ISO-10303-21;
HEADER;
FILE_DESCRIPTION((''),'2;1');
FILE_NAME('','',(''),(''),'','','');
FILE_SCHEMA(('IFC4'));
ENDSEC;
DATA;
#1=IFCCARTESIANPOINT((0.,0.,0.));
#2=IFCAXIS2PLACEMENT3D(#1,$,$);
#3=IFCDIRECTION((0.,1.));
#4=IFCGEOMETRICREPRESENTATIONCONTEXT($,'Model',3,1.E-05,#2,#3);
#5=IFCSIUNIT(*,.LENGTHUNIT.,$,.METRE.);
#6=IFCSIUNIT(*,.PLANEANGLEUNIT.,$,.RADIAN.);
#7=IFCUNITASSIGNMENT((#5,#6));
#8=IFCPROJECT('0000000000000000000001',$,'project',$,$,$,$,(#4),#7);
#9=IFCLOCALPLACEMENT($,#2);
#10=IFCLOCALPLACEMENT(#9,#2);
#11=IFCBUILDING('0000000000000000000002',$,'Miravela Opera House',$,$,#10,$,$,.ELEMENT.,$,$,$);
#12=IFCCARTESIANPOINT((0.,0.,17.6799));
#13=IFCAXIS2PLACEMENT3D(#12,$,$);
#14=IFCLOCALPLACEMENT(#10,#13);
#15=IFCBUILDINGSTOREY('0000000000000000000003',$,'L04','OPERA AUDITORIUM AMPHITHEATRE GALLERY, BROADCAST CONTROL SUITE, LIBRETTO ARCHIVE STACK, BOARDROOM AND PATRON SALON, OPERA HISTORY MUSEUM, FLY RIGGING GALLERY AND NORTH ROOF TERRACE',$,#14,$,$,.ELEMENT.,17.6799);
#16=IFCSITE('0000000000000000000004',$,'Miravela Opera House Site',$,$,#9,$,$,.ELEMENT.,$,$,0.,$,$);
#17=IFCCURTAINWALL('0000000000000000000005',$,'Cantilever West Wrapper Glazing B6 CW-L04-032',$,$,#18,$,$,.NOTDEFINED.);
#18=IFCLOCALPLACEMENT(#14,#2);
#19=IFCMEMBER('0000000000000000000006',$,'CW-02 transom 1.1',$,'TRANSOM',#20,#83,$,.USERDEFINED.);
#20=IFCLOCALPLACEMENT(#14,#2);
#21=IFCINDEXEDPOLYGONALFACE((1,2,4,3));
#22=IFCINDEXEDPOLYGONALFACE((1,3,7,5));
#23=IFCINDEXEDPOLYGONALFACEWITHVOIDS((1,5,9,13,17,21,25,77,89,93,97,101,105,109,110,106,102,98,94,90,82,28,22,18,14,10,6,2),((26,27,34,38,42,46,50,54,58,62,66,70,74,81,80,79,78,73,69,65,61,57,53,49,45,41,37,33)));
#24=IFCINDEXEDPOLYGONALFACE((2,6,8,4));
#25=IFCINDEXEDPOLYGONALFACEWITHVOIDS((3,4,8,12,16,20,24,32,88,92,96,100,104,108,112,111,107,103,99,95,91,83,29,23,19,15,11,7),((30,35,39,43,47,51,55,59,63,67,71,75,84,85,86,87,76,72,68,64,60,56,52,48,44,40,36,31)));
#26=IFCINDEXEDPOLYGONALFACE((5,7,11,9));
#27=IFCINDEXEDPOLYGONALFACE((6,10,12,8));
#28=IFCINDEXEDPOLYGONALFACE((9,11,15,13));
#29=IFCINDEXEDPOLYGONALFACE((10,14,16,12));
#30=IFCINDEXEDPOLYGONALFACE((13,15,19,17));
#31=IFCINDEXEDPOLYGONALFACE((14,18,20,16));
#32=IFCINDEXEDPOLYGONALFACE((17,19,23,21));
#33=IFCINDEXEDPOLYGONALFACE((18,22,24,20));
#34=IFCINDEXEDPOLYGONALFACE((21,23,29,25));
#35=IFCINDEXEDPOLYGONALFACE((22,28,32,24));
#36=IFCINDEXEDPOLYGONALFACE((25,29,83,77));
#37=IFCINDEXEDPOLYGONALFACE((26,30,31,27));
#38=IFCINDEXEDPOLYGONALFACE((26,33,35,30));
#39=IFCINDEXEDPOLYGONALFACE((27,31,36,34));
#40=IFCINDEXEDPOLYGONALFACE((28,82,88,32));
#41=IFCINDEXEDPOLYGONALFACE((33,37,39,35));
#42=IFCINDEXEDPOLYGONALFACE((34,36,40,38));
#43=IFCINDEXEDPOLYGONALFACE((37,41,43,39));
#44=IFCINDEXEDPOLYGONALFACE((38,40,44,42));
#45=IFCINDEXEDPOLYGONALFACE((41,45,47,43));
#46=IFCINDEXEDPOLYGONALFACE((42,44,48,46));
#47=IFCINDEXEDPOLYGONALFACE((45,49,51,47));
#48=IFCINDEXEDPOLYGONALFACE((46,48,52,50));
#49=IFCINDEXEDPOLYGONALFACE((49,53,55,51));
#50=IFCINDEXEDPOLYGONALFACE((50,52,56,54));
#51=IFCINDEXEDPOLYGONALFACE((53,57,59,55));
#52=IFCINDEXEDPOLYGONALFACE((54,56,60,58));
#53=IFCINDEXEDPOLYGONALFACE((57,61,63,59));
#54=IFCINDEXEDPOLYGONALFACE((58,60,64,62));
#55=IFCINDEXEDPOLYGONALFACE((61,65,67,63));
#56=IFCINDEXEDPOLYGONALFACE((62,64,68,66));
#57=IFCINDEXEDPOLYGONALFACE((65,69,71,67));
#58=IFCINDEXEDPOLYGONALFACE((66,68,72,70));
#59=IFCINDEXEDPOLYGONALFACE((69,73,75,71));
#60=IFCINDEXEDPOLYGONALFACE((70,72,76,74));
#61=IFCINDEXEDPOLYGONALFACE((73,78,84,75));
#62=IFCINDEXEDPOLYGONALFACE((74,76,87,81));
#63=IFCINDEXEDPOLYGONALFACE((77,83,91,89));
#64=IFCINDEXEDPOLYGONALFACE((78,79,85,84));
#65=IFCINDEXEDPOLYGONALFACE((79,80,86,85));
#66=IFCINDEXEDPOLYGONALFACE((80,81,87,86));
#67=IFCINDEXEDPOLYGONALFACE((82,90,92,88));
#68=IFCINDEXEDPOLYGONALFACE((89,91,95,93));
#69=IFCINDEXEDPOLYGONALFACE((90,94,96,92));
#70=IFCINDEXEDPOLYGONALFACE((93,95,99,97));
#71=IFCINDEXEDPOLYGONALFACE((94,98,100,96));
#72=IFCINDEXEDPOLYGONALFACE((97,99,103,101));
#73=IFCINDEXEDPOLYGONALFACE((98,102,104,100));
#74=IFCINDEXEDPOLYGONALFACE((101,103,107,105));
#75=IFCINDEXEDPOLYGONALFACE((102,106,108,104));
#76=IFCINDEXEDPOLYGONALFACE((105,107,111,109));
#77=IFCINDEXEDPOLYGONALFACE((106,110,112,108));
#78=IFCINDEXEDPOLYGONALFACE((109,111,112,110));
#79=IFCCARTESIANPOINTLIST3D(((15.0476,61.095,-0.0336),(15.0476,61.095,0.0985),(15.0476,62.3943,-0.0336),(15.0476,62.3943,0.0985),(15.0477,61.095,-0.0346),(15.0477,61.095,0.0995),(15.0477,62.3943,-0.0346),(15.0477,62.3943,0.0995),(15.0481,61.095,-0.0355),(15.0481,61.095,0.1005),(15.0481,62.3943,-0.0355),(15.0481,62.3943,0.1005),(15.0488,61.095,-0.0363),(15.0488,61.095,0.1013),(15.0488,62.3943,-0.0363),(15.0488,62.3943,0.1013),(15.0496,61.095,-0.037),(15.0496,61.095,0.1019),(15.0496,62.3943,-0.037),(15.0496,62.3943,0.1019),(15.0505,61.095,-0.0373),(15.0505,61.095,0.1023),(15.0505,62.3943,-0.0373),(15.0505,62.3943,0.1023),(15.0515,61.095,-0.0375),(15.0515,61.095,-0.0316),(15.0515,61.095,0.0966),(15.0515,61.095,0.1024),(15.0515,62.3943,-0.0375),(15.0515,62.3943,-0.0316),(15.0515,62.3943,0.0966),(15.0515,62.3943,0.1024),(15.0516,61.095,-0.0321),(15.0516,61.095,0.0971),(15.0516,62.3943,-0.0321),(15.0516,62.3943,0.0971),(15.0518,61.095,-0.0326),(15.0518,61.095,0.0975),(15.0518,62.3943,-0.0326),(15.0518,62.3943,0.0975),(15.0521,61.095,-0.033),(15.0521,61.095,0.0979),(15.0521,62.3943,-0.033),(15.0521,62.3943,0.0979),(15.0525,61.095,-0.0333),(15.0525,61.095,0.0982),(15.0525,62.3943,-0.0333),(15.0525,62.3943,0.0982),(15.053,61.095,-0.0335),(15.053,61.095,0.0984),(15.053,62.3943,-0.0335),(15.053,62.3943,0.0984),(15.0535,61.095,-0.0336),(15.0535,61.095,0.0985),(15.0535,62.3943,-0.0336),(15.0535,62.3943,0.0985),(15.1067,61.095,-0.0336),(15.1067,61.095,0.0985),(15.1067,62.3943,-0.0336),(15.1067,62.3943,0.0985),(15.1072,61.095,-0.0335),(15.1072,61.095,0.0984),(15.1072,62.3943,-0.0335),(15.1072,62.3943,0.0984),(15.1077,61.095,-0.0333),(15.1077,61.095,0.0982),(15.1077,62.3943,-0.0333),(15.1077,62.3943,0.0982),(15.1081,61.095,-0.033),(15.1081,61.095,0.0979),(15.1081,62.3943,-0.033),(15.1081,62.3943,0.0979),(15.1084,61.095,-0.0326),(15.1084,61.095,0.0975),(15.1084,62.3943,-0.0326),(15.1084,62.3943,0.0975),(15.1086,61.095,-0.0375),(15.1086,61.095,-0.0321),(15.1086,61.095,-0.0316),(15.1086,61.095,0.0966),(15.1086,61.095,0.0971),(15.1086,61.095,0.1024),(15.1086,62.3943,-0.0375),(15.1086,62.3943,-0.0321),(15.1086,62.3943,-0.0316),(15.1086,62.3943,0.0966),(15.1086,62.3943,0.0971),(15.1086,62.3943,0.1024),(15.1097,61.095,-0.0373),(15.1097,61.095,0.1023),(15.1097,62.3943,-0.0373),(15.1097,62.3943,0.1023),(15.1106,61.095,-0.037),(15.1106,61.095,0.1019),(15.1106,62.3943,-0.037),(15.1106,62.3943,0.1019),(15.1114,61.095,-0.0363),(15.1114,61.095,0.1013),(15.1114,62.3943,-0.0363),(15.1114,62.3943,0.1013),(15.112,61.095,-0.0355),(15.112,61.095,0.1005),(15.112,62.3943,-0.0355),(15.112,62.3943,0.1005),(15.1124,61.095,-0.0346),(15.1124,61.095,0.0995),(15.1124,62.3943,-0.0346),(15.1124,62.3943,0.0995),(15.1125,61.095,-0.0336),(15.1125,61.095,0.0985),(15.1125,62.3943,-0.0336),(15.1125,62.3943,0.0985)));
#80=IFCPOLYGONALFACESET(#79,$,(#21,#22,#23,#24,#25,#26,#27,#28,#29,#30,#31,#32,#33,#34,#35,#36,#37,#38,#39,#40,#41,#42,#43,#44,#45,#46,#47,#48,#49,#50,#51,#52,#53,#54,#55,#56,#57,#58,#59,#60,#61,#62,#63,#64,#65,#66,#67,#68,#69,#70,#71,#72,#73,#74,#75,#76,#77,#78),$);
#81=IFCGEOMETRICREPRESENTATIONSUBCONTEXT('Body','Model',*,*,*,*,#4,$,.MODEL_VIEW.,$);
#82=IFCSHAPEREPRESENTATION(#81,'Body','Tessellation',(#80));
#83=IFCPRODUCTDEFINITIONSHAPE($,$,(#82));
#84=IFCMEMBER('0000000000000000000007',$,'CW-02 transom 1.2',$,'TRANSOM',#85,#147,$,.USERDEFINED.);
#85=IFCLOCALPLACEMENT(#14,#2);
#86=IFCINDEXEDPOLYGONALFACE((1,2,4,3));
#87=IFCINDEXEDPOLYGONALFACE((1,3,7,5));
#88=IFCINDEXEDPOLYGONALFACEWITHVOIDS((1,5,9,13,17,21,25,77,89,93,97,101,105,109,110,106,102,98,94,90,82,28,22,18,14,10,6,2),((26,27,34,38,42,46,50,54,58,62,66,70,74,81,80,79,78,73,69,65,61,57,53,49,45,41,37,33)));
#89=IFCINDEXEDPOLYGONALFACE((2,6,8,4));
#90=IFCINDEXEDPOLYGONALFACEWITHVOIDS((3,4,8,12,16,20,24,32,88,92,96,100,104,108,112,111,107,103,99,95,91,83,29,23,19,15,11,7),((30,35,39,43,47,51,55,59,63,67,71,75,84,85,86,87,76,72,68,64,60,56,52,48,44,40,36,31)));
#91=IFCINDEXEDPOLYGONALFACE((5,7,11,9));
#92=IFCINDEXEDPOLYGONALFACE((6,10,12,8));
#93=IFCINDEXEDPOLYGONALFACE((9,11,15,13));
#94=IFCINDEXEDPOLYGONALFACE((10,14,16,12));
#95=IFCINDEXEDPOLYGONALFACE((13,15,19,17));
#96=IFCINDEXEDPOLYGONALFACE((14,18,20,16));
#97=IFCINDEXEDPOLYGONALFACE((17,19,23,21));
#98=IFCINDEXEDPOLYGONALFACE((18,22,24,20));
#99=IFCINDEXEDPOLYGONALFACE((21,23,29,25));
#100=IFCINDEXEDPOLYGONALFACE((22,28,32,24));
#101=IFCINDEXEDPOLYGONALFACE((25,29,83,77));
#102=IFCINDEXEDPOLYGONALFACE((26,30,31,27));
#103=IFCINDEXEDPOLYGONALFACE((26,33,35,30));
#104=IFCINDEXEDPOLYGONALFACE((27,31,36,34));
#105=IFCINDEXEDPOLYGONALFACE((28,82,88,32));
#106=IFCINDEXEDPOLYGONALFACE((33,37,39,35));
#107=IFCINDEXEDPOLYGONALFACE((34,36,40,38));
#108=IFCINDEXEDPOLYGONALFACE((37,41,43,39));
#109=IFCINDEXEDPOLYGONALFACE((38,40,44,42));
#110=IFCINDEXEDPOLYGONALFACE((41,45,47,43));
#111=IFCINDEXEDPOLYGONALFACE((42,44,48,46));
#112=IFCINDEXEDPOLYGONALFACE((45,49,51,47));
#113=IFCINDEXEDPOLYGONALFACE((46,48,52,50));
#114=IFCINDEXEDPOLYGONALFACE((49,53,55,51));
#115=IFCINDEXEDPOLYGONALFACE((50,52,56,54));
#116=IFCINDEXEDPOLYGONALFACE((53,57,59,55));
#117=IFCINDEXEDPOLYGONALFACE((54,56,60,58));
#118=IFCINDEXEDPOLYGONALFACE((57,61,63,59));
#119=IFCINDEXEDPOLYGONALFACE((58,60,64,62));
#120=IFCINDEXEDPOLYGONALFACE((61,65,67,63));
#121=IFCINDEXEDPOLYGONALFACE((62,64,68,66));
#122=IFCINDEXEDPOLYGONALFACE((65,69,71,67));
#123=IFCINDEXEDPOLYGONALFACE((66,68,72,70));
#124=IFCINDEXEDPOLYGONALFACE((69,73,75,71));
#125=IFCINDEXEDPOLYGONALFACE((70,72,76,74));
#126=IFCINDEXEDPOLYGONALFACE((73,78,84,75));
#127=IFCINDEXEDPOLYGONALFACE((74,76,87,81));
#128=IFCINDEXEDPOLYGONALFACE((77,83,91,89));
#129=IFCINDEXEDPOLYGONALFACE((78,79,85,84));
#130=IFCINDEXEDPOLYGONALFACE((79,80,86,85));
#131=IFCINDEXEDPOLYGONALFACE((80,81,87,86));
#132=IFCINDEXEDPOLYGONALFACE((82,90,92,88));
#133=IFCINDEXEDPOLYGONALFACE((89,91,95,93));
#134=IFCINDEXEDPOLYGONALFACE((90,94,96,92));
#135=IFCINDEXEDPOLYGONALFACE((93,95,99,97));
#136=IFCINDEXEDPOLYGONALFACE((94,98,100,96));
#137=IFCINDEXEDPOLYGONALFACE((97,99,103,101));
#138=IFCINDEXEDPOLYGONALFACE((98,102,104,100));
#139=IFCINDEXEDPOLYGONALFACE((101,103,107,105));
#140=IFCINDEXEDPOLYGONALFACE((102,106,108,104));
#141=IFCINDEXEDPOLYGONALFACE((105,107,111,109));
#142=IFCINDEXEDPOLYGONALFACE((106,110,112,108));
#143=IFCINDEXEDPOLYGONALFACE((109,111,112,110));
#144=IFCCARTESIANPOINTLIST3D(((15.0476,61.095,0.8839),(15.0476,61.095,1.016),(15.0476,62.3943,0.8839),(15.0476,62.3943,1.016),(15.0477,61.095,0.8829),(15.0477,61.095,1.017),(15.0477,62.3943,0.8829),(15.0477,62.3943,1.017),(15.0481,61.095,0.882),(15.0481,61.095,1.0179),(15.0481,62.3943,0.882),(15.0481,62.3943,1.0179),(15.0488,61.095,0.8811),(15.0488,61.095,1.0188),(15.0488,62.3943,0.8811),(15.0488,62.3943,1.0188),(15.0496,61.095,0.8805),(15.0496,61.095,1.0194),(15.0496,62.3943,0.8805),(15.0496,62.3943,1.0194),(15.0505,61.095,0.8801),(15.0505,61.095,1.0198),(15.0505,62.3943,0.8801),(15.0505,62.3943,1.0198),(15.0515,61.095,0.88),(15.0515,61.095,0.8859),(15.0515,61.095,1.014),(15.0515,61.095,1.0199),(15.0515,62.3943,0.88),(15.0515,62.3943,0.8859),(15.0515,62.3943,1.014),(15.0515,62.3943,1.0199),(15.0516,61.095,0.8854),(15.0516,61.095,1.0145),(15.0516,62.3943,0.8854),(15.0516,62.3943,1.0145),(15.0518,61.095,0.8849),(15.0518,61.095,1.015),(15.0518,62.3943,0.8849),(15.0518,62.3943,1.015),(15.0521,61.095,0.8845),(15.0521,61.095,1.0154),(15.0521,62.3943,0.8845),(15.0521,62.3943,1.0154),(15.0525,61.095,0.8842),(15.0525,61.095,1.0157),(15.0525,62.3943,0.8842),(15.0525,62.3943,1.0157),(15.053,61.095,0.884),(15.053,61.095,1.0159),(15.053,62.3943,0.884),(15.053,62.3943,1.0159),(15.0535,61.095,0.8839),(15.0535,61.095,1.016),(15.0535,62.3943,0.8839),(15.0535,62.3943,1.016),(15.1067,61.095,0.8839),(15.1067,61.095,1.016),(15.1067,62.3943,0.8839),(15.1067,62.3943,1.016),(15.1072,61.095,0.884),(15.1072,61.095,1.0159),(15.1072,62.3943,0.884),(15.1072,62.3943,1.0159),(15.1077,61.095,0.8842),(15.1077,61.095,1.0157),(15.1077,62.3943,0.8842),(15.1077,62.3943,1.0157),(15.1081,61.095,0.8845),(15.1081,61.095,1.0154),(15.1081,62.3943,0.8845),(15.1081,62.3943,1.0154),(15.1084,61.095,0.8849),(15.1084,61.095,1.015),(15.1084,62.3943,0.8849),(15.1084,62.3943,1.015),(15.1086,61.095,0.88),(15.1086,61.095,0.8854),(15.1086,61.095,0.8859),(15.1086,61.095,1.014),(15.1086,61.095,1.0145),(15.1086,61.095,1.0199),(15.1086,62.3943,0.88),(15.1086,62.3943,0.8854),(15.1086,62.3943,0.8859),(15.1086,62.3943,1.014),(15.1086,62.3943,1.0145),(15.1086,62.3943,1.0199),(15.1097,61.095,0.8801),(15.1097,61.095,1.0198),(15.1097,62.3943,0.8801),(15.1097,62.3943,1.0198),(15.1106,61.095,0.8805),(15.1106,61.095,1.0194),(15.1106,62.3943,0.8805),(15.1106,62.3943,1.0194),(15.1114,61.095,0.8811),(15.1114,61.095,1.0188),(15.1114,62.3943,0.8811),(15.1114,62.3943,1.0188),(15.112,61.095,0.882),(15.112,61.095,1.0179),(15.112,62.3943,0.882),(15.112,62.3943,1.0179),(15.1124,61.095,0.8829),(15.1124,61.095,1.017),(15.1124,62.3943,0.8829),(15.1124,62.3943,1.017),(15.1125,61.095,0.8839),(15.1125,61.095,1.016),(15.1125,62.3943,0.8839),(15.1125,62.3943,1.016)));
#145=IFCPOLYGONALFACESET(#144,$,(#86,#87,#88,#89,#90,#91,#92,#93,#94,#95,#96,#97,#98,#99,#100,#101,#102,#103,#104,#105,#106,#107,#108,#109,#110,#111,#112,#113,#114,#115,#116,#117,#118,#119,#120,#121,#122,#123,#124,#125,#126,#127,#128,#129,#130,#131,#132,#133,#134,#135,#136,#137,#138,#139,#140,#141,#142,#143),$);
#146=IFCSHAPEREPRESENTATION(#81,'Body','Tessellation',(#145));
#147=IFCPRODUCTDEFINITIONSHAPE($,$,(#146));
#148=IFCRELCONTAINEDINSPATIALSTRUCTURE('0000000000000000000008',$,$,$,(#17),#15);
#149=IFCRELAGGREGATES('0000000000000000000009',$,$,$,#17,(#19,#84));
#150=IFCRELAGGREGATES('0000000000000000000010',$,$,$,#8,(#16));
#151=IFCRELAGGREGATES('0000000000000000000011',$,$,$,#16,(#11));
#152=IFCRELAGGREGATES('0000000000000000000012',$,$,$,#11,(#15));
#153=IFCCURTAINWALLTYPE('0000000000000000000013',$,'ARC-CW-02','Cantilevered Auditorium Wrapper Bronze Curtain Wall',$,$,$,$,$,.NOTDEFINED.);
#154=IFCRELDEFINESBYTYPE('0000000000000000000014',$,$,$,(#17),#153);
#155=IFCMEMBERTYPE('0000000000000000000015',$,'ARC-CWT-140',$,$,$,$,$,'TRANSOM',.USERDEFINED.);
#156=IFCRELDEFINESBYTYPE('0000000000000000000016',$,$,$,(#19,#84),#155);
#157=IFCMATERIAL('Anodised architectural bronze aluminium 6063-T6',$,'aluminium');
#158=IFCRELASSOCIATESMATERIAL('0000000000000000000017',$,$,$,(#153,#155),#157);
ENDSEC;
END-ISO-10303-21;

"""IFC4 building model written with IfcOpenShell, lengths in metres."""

from ifc_helpers import new_model, si_unit, direction, frame, origin, origin_2d, place, context, subcontext, project, spatial, hollow_rectangle, extrude, material, material_profile, profile_set, type_object, element, aggregate, save


model = new_model("IFC4")

# Units and contexts
model_context = context("Model", 3, precision=1e-05, world=origin(), true_north=direction((0.0, 1.0)))
body_context = subcontext(model_context, "Body", "Model", "MODEL_VIEW")
ifc_project = project(units=[si_unit("LENGTHUNIT", "METRE"), si_unit("PLANEANGLEUNIT", "RADIAN")], contexts=[model_context])

# Site, building, storey
site_placement = place(None, origin())
site = spatial("IfcSite", under=ifc_project, at=site_placement, Name="Miravela Opera House Site", CompositionType="ELEMENT", RefElevation=0.0)
building_placement = place(site_placement, origin())
building = spatial("IfcBuilding", under=site, at=building_placement, Name="Miravela Opera House", CompositionType="ELEMENT")
storey_placement = place(building_placement, frame((0.0, 0.0, 17.6799)))
storey = spatial("IfcBuildingStorey", under=building, at=storey_placement, Name="L04", Description="OPERA AUDITORIUM AMPHITHEATRE GALLERY, BROADCAST CONTROL SUITE, LIBRETTO ARCHIVE STACK, BOARDROOM AND PATRON SALON, OPERA HISTORY MUSEUM, FLY RIGGING GALLERY AND NORTH ROOF TERRACE", CompositionType="ELEMENT", Elevation=17.6799)

# Shared definitions
ifc_material_1 = material(Name="Anodised architectural bronze aluminium 6063-T6", Category="aluminium")
curtain_wall_type = type_object("IfcCurtainWallType", Name="ARC-CW-02", Description="Cantilevered Auditorium Wrapper Bronze Curtain Wall", PredefinedType="NOTDEFINED", material=ifc_material_1)

# Curtain wall
curtain_wall_1_placement = place(storey_placement, origin())
curtain_wall_1 = element("IfcCurtainWall", 1, at=curtain_wall_1_placement, inside=storey, type_object=curtain_wall_type, Name="Cantilever West Wrapper Glazing B6 CW-L04-032", PredefinedType="NOTDEFINED")

# Members
ifc_material_profile_1 = material_profile(ifc_material_1, hollow_rectangle(XDim=0.0649, YDim=0.1399, WallThickness=0.0039, InnerFilletRadius=0.002, OuterFilletRadius=0.0039, at=origin_2d()), Name="CWT-65X140")
ifc_profile_set_1 = profile_set([ifc_material_profile_1])
member_type_1 = type_object("IfcMemberType", Name="ARC-CWT-140", ElementType="TRANSOM", PredefinedType="USERDEFINED", material=ifc_profile_set_1)
member_1_placement = place(storey_placement, frame((15.0801, 61.095, 0.0325), z_axis=(0.0, 1.0, 0.0), x_axis=(-1.0, 0.0, 0.0)))
member_1 = element("IfcMember", 2, at=member_1_placement, type_object=member_type_1, Name="CW-02 transom 1.1", ObjectType="TRANSOM", PredefinedType="USERDEFINED", context=body_context, shape_type="SweptSolid", body=[
    extrude(hollow_rectangle(XDim=0.0649, YDim=0.1399, WallThickness=0.0039, InnerFilletRadius=0.002, OuterFilletRadius=0.0039, at=origin_2d()), origin(), (0.0, 0.0, 1.0), 1.2993),
])
member_2_placement = place(storey_placement, frame((15.0801, 61.095, 0.95), z_axis=(0.0, 1.0, 0.0), x_axis=(-1.0, 0.0, 0.0)))
member_2 = element("IfcMember", 3, at=member_2_placement, type_object=member_type_1, Name="CW-02 transom 1.2", ObjectType="TRANSOM", PredefinedType="USERDEFINED", context=body_context, shape_type="SweptSolid", body=[
    extrude(hollow_rectangle(XDim=0.0649, YDim=0.1399, WallThickness=0.0039, InnerFilletRadius=0.002, OuterFilletRadius=0.0039, at=origin_2d()), origin(), (0.0, 0.0, 1.0), 1.2993),
])

aggregate(curtain_wall_1, [member_1, member_2])

save(model, "model.ifc")
